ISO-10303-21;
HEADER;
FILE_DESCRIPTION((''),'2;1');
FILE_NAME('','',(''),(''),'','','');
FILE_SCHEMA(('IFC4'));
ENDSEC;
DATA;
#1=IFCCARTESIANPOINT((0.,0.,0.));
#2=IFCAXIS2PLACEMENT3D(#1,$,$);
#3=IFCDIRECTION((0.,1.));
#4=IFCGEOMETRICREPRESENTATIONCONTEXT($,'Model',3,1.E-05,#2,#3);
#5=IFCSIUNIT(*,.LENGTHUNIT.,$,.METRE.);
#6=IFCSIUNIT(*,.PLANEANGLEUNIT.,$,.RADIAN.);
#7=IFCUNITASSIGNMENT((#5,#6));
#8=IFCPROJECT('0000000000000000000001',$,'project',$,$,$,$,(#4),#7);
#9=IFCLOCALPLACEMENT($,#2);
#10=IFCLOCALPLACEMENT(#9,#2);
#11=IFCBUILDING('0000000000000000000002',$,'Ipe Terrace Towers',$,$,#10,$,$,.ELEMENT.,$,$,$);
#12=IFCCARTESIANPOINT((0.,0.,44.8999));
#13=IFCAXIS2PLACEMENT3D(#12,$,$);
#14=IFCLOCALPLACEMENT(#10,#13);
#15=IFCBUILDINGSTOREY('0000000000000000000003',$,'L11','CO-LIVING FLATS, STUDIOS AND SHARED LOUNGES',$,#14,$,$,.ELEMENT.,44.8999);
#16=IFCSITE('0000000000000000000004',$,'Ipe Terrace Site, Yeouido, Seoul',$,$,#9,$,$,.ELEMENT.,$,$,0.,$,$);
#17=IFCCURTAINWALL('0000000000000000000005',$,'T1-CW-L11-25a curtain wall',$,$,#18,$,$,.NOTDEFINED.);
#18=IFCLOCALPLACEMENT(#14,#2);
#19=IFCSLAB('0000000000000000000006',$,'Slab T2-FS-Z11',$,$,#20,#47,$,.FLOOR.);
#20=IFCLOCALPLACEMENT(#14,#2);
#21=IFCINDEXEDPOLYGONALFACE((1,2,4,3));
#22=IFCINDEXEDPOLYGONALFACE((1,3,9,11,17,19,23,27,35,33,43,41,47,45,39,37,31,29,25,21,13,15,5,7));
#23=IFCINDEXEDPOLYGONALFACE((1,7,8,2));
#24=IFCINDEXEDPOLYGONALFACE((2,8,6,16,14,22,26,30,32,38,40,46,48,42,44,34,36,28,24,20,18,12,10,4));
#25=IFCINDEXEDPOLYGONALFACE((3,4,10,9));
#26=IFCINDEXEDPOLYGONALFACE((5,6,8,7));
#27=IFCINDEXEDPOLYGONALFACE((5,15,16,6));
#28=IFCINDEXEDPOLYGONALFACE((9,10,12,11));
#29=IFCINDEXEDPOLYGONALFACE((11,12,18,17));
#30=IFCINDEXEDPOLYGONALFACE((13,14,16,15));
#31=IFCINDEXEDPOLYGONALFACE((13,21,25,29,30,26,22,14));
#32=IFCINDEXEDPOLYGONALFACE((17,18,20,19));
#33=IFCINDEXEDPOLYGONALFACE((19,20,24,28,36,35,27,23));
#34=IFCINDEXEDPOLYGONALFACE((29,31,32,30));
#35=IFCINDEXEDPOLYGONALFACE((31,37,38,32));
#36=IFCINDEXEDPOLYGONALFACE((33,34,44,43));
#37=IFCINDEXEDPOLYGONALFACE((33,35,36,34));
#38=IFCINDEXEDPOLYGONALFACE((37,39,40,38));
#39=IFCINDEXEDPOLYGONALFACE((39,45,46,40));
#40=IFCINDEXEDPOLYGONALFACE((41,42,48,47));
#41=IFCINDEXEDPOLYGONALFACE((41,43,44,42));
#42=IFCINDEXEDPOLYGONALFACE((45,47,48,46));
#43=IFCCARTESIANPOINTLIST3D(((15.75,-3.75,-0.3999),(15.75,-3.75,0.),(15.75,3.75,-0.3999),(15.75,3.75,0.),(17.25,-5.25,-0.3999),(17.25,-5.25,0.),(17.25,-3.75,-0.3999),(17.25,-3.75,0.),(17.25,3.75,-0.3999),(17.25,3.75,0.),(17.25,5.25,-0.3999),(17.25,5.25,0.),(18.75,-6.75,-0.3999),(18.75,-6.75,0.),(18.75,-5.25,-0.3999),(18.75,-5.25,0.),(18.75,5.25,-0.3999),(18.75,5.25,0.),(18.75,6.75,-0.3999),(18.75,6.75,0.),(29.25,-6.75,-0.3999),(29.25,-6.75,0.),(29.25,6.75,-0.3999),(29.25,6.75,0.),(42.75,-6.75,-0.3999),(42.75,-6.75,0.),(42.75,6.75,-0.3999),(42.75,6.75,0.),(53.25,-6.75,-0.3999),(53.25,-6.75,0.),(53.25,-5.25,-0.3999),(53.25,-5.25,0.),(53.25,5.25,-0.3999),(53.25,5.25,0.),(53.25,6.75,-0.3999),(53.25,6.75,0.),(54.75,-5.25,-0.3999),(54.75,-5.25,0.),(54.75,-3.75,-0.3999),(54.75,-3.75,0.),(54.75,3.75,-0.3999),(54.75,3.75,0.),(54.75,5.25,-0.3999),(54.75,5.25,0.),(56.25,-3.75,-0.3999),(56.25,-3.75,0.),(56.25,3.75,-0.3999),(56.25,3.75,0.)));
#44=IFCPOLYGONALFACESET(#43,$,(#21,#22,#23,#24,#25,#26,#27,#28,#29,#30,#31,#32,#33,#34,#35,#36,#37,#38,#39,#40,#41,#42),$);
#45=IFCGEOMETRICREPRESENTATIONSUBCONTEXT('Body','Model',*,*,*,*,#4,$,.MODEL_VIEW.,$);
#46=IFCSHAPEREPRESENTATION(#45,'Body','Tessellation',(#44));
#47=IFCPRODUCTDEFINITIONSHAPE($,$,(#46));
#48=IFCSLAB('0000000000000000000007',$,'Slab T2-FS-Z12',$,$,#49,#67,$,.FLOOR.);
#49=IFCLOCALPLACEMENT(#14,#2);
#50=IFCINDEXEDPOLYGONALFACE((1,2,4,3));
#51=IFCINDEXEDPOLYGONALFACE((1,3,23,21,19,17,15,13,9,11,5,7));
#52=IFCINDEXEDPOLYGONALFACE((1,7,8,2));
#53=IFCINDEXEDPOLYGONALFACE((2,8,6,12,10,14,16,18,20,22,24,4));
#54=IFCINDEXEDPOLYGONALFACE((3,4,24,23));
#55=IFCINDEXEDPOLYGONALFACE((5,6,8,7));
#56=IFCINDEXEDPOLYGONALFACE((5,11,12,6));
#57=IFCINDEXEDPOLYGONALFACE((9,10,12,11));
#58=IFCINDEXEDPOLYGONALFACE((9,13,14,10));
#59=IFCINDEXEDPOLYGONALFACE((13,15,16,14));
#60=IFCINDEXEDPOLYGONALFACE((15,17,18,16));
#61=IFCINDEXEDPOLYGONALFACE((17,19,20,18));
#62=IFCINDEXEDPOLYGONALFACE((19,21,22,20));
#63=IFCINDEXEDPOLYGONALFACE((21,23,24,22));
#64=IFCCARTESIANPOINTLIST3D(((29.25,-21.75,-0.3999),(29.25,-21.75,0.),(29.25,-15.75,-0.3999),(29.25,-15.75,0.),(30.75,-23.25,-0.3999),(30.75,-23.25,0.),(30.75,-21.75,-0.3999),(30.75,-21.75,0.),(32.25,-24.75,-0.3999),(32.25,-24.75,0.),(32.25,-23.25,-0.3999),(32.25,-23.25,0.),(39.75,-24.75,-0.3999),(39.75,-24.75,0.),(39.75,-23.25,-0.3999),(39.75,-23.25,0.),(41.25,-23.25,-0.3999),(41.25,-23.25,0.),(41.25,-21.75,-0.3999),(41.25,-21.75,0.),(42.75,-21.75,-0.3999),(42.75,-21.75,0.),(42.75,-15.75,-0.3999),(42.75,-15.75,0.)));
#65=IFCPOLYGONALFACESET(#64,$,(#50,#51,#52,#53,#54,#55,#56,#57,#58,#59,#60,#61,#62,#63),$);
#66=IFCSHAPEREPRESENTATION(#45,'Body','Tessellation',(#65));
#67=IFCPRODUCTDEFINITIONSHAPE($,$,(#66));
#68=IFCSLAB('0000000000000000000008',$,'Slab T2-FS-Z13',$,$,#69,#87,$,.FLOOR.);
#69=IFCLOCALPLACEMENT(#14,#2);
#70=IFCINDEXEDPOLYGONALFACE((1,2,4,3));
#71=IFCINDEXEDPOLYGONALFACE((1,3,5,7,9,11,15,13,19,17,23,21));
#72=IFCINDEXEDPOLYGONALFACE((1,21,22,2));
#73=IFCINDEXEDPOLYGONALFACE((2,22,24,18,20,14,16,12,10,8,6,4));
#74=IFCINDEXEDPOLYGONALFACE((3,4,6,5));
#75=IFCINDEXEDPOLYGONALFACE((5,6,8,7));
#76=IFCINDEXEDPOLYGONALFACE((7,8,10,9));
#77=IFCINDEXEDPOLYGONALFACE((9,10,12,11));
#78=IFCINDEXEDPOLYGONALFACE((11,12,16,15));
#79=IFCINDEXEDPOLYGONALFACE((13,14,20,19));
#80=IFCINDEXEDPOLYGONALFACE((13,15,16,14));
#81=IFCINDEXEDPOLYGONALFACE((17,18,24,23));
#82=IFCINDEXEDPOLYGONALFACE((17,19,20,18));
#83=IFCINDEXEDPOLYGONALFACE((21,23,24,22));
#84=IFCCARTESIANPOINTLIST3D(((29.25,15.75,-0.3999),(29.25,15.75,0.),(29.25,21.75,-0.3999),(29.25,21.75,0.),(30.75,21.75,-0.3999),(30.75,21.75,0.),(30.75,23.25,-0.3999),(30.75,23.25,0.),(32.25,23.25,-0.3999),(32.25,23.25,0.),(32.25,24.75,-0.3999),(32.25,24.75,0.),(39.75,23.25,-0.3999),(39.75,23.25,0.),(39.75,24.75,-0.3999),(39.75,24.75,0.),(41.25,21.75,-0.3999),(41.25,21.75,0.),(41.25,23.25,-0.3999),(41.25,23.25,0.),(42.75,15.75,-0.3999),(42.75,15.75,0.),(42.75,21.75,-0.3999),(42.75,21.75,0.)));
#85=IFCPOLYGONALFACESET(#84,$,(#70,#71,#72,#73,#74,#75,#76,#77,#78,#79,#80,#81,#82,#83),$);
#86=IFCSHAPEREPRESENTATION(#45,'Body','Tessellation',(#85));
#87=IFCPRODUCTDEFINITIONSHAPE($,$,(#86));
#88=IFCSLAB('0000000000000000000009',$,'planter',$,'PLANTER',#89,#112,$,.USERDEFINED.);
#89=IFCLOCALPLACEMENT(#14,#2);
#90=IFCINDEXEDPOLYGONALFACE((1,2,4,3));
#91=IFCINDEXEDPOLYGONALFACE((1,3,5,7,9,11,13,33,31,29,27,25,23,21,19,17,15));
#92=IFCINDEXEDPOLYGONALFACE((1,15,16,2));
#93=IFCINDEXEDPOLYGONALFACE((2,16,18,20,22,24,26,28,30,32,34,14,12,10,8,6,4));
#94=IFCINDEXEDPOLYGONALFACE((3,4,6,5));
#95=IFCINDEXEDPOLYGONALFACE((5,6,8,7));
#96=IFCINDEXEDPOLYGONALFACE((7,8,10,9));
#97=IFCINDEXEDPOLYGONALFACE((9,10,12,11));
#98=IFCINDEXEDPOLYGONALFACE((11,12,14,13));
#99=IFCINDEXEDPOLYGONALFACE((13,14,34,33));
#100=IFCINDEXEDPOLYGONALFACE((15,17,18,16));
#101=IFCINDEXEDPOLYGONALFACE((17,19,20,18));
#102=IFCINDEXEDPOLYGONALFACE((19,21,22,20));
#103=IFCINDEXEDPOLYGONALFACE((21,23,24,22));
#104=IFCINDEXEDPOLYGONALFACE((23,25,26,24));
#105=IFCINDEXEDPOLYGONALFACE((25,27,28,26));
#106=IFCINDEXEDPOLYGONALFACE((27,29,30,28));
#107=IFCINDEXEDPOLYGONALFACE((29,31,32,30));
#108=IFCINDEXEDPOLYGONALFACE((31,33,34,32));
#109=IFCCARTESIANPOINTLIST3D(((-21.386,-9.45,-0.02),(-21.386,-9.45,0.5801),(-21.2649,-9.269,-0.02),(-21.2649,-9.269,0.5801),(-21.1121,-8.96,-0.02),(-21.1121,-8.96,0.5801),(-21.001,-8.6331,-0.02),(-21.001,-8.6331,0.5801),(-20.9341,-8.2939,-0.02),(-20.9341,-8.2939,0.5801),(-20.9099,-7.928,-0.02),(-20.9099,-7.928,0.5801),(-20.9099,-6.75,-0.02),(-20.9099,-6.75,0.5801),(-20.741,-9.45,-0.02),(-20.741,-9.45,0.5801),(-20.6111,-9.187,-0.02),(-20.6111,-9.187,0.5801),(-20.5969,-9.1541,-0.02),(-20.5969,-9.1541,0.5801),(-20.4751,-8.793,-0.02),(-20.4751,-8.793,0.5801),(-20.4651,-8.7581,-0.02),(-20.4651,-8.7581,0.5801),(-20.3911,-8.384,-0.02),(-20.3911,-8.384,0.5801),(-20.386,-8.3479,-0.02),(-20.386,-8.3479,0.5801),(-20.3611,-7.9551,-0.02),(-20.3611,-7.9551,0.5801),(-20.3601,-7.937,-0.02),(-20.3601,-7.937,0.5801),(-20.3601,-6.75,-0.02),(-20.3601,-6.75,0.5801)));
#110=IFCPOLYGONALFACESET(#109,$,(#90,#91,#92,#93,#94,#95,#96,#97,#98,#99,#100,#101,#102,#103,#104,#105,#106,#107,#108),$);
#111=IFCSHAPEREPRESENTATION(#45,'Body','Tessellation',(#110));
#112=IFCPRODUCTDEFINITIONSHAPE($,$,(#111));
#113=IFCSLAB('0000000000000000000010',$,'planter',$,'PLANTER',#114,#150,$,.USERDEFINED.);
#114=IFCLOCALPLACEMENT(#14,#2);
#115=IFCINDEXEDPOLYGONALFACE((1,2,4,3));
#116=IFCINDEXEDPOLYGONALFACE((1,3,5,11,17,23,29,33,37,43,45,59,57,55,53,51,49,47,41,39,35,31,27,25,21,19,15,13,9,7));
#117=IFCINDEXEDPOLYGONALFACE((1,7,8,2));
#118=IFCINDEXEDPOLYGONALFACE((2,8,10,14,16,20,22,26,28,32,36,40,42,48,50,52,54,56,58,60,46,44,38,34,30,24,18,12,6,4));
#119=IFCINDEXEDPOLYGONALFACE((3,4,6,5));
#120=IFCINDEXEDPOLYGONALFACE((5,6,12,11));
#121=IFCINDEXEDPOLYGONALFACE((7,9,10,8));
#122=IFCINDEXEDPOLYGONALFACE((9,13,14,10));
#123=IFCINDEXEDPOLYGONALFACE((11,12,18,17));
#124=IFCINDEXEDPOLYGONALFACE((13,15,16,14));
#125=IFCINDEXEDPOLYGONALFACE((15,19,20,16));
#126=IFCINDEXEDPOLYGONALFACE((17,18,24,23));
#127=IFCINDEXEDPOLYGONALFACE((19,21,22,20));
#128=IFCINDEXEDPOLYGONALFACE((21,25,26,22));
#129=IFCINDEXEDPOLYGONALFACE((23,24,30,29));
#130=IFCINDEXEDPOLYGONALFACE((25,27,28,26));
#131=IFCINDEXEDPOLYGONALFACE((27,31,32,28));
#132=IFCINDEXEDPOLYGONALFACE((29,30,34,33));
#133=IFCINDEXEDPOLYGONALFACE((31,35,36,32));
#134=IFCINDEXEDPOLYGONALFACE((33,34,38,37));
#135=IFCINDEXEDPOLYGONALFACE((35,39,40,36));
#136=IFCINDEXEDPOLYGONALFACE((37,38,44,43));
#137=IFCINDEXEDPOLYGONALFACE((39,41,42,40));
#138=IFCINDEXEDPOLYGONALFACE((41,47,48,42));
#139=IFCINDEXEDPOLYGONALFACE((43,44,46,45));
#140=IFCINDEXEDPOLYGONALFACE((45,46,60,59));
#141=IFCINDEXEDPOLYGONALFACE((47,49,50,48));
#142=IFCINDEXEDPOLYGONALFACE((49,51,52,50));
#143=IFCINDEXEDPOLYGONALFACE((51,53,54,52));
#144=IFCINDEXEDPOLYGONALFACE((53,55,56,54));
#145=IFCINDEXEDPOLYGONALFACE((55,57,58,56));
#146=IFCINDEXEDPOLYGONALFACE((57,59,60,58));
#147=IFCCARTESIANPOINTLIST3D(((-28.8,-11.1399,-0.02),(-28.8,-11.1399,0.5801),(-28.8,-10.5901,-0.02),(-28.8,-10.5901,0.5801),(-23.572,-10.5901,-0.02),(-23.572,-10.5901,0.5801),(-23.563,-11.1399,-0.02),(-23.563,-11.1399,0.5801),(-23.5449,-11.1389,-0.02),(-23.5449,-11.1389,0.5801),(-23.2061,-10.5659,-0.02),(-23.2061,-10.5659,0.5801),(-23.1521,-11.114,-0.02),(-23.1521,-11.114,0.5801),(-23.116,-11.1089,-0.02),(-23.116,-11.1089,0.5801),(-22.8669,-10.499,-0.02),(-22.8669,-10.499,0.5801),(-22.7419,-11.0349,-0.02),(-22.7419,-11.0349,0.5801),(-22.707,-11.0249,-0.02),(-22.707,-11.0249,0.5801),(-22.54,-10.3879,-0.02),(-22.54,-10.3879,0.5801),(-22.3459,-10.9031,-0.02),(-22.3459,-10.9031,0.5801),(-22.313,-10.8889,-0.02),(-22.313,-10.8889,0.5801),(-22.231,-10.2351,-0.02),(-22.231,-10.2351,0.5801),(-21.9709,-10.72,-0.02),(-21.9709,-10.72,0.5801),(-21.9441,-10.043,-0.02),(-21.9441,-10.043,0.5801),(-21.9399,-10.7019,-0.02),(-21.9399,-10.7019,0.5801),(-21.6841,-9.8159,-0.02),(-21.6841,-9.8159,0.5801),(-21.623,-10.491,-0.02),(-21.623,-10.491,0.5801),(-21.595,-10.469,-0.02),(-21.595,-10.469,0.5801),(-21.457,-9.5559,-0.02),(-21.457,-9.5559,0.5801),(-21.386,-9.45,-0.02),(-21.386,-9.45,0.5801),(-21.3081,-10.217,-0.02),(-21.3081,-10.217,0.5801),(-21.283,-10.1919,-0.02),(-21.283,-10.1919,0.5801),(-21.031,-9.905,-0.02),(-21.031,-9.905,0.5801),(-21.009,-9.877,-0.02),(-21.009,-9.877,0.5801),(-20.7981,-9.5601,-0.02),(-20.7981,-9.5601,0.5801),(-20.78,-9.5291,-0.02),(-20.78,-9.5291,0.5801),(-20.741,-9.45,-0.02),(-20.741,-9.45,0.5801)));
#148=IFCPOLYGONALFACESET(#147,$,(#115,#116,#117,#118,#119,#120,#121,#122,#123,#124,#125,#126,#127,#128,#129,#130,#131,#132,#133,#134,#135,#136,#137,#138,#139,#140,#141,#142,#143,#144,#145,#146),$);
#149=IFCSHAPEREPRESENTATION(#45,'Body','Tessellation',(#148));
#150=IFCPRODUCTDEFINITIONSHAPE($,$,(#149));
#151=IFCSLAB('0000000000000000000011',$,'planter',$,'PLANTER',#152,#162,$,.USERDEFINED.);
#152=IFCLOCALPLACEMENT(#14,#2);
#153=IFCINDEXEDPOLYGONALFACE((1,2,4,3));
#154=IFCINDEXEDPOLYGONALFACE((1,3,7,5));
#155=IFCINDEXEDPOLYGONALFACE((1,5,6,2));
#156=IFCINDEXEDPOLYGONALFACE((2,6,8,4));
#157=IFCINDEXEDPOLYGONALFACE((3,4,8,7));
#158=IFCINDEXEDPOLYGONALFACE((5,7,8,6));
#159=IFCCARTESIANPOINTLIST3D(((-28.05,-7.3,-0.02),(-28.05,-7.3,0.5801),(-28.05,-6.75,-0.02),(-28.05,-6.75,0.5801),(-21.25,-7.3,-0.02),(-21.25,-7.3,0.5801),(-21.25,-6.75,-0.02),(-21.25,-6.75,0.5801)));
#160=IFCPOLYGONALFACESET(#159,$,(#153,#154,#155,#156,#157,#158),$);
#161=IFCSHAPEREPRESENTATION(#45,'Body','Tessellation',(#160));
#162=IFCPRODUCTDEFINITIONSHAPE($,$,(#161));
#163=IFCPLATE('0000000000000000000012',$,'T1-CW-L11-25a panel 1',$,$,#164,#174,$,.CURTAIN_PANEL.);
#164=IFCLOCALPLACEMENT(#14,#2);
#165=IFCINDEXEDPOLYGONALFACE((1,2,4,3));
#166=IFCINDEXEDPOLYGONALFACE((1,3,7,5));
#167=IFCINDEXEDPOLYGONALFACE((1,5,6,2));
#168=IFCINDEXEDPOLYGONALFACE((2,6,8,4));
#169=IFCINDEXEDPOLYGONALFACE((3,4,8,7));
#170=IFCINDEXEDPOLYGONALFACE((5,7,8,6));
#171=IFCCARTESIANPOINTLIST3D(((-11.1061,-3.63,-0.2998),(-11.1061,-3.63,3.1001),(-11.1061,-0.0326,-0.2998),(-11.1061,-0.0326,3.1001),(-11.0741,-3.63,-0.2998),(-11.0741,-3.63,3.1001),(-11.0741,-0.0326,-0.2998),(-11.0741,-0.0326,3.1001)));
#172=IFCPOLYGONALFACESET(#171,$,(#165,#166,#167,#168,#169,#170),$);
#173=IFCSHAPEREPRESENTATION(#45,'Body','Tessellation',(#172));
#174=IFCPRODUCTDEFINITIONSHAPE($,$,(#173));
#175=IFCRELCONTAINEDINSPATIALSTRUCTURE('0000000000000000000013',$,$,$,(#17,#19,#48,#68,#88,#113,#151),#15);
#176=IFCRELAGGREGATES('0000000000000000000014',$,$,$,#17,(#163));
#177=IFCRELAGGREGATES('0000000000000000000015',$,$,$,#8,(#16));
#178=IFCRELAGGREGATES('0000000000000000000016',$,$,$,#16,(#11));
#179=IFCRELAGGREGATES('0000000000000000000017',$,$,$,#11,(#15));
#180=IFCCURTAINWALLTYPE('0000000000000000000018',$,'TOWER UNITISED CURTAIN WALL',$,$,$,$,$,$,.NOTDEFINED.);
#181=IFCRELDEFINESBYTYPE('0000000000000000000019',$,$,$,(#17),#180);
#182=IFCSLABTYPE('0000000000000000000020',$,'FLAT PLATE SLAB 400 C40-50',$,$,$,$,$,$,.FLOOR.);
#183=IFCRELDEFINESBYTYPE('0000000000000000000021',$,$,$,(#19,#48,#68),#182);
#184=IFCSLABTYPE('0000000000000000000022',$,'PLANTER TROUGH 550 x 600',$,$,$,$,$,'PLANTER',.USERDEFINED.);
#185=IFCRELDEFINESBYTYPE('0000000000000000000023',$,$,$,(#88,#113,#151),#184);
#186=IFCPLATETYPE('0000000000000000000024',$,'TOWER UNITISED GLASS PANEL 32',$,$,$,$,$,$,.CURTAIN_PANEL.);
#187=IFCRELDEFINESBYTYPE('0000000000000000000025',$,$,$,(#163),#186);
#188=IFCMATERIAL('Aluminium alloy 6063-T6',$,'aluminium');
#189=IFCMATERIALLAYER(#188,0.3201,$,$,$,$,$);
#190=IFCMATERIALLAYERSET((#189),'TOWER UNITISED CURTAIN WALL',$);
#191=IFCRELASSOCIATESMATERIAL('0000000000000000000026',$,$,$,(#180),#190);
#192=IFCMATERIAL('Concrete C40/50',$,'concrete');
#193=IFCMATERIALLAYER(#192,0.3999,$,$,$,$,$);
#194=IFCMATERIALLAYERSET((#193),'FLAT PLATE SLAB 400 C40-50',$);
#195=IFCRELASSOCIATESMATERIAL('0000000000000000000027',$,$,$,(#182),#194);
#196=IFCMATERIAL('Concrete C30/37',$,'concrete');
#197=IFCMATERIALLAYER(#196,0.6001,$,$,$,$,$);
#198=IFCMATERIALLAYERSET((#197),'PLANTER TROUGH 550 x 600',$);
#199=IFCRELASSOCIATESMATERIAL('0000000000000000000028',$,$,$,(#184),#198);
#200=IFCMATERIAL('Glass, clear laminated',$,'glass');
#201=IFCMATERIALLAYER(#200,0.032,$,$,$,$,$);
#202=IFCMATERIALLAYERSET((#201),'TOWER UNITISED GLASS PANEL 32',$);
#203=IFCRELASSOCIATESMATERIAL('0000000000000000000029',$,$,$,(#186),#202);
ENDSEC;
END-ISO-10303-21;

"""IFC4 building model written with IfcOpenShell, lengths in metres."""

from ifc_helpers import new_model, si_unit, direction, frame, origin, origin_2d, place, context, subcontext, project, spatial, polyline, rectangle, outline, extrude, material, layer, layer_set, type_object, element, aggregate, save


model = new_model("IFC4")

# Units and contexts
model_context = context("Model", 3, precision=1e-05, world=origin(), true_north=direction((0.0, 1.0)))
body_context = subcontext(model_context, "Body", "Model", "MODEL_VIEW")
ifc_project = project(units=[si_unit("LENGTHUNIT", "METRE"), si_unit("PLANEANGLEUNIT", "RADIAN")], contexts=[model_context])

# Site, building, storey
site_placement = place(None, origin())
site = spatial("IfcSite", under=ifc_project, at=site_placement, Name="Ipe Terrace Site, Yeouido, Seoul", CompositionType="ELEMENT", RefElevation=0.0)
building_placement = place(site_placement, origin())
building = spatial("IfcBuilding", under=site, at=building_placement, Name="Ipe Terrace Towers", CompositionType="ELEMENT")
storey_placement = place(building_placement, frame((0.0, 0.0, 44.8999)))
storey = spatial("IfcBuildingStorey", under=building, at=storey_placement, Name="L11", Description="CO-LIVING FLATS, STUDIOS AND SHARED LOUNGES", CompositionType="ELEMENT", Elevation=44.8999)

# Curtain wall
ifc_material_1 = material(Name="Aluminium alloy 6063-T6", Category="aluminium")
ifc_layer_1 = layer(ifc_material_1, 0.3201)
ifc_layer_set_1 = layer_set([ifc_layer_1], Name="TOWER UNITISED CURTAIN WALL")
curtain_wall_type = type_object("IfcCurtainWallType", Name="TOWER UNITISED CURTAIN WALL", PredefinedType="NOTDEFINED", material=ifc_layer_set_1)
curtain_wall_placement = place(storey_placement, origin())
curtain_wall = element("IfcCurtainWall", 1, at=curtain_wall_placement, inside=storey, type_object=curtain_wall_type, Name="T1-CW-L11-25a curtain wall", PredefinedType="NOTDEFINED")

# Slabs
ifc_material_2 = material(Name="Concrete C40/50", Category="concrete")
ifc_layer_2 = layer(ifc_material_2, 0.3999)
ifc_layer_set_2 = layer_set([ifc_layer_2], Name="FLAT PLATE SLAB 400 C40-50")
slab_type_1 = type_object("IfcSlabType", Name="FLAT PLATE SLAB 400 C40-50", PredefinedType="FLOOR", material=ifc_layer_set_2)
slab_1_placement = place(storey_placement, frame((0.0, 0.0, -0.3999)))
element("IfcSlab", 2, at=slab_1_placement, inside=storey, type_object=slab_type_1, Name="Slab T2-FS-Z11", PredefinedType="FLOOR", context=body_context, shape_type="SweptSolid", body=[
    extrude(outline(polyline([(53.25, 5.25), (54.75, 5.25), (54.75, 3.75), (56.25, 3.75), (56.25, -3.75), (54.75, -3.75), (54.75, -5.25), (53.25, -5.25), (53.25, -6.75), (42.75, -6.75), (29.25, -6.75), (18.75, -6.75), (18.75, -5.25), (17.25, -5.25), (17.25, -3.75), (15.75, -3.75), (15.75, 3.75), (17.25, 3.75), (17.25, 5.25), (18.75, 5.25), (18.75, 6.75), (29.25, 6.75), (42.75, 6.75), (53.25, 6.75), (53.25, 5.25)])), origin(), (0.0, 0.0, 1.0), 0.3999),
])
slab_2_placement = place(storey_placement, frame((0.0, 0.0, -0.3999)))
element("IfcSlab", 3, at=slab_2_placement, inside=storey, type_object=slab_type_1, Name="Slab T2-FS-Z12", PredefinedType="FLOOR", context=body_context, shape_type="SweptSolid", body=[
    extrude(outline(polyline([(42.75, -21.75), (41.25, -21.75), (41.25, -23.25), (39.75, -23.25), (39.75, -24.75), (32.25, -24.75), (32.25, -23.25), (30.75, -23.25), (30.75, -21.75), (29.25, -21.75), (29.25, -15.75), (42.75, -15.75), (42.75, -21.75)])), origin(), (0.0, 0.0, 1.0), 0.3999),
])
slab_3_placement = place(storey_placement, frame((0.0, 0.0, -0.3999)))
element("IfcSlab", 4, at=slab_3_placement, inside=storey, type_object=slab_type_1, Name="Slab T2-FS-Z13", PredefinedType="FLOOR", context=body_context, shape_type="SweptSolid", body=[
    extrude(outline(polyline([(30.75, 21.75), (30.75, 23.25), (32.25, 23.25), (32.25, 24.75), (39.75, 24.75), (39.75, 23.25), (41.25, 23.25), (41.25, 21.75), (42.75, 21.75), (42.75, 15.75), (29.25, 15.75), (29.25, 21.75), (30.75, 21.75)])), origin(), (0.0, 0.0, 1.0), 0.3999),
])
ifc_material_3 = material(Name="Concrete C30/37", Category="concrete")
ifc_layer_3 = layer(ifc_material_3, 0.6001)
ifc_layer_set_3 = layer_set([ifc_layer_3], Name="PLANTER TROUGH 550 x 600")
slab_type_2 = type_object("IfcSlabType", Name="PLANTER TROUGH 550 x 600", ElementType="PLANTER", PredefinedType="USERDEFINED", material=ifc_layer_set_3)
slab_4_placement = place(storey_placement, frame((0.0, 0.0, -0.02)))
element("IfcSlab", 5, at=slab_4_placement, inside=storey, type_object=slab_type_2, Name="planter", ObjectType="PLANTER", PredefinedType="USERDEFINED", context=body_context, shape_type="SweptSolid", body=[
    extrude(outline(polyline([(-21.001, -8.6331), (-21.1121, -8.96), (-21.2649, -9.269), (-21.386, -9.45), (-20.741, -9.45), (-20.6111, -9.187), (-20.5969, -9.1541), (-20.4751, -8.793), (-20.4651, -8.7581), (-20.3911, -8.384), (-20.386, -8.3479), (-20.3611, -7.9551), (-20.3601, -7.937), (-20.3601, -6.75), (-20.9099, -6.75), (-20.9099, -7.928), (-20.9341, -8.2939), (-21.001, -8.6331)])), origin(), (0.0, 0.0, 1.0), 0.6001),
])
slab_5_placement = place(storey_placement, frame((0.0, 0.0, -0.02)))
element("IfcSlab", 6, at=slab_5_placement, inside=storey, type_object=slab_type_2, Name="planter", ObjectType="PLANTER", PredefinedType="USERDEFINED", context=body_context, shape_type="SweptSolid", body=[
    extrude(outline(polyline([(-21.457, -9.5559), (-21.6841, -9.8159), (-21.9441, -10.043), (-22.231, -10.2351), (-22.54, -10.3879), (-22.8669, -10.499), (-23.2061, -10.5659), (-23.572, -10.5901), (-28.8, -10.5901), (-28.8, -11.1399), (-23.563, -11.1399), (-23.5449, -11.1389), (-23.1521, -11.114), (-23.116, -11.1089), (-22.7419, -11.0349), (-22.707, -11.0249), (-22.3459, -10.9031), (-22.313, -10.8889), (-21.9709, -10.72), (-21.9399, -10.7019), (-21.623, -10.491), (-21.595, -10.469), (-21.3081, -10.217), (-21.283, -10.1919), (-21.031, -9.905), (-21.009, -9.877), (-20.7981, -9.5601), (-20.78, -9.5291), (-20.741, -9.45), (-21.386, -9.45), (-21.457, -9.5559)])), origin(), (0.0, 0.0, 1.0), 0.6001),
])
slab_6_placement = place(storey_placement, frame((0.0, 0.0, -0.02)))
element("IfcSlab", 7, at=slab_6_placement, inside=storey, type_object=slab_type_2, Name="planter", ObjectType="PLANTER", PredefinedType="USERDEFINED", context=body_context, shape_type="SweptSolid", body=[
    extrude(outline(polyline([(-28.05, -6.75), (-28.05, -7.3), (-21.25, -7.3), (-21.25, -6.75), (-28.05, -6.75)])), origin(), (0.0, 0.0, 1.0), 0.6001),
])

# Plate
ifc_material_4 = material(Name="Glass, clear laminated", Category="glass")
ifc_layer_4 = layer(ifc_material_4, 0.032)
ifc_layer_set_4 = layer_set([ifc_layer_4], Name="TOWER UNITISED GLASS PANEL 32")
plate_type = type_object("IfcPlateType", Name="TOWER UNITISED GLASS PANEL 32", PredefinedType="CURTAIN_PANEL", material=ifc_layer_set_4)
plate_placement = place(storey_placement, frame((-11.0901, -1.8313, -0.2998), z_axis=(0.0, 0.0, 1.0), x_axis=(0.0, 1.0, 0.0)))
plate = element("IfcPlate", 8, at=plate_placement, type_object=plate_type, Name="T1-CW-L11-25a panel 1", PredefinedType="CURTAIN_PANEL", context=body_context, shape_type="SweptSolid", body=[
    extrude(rectangle(XDim=3.5974, YDim=0.032, at=origin_2d()), origin(), (0.0, 0.0, 1.0), 3.3999),
])
aggregate(curtain_wall, [plate])

save(model, "model.ifc")
